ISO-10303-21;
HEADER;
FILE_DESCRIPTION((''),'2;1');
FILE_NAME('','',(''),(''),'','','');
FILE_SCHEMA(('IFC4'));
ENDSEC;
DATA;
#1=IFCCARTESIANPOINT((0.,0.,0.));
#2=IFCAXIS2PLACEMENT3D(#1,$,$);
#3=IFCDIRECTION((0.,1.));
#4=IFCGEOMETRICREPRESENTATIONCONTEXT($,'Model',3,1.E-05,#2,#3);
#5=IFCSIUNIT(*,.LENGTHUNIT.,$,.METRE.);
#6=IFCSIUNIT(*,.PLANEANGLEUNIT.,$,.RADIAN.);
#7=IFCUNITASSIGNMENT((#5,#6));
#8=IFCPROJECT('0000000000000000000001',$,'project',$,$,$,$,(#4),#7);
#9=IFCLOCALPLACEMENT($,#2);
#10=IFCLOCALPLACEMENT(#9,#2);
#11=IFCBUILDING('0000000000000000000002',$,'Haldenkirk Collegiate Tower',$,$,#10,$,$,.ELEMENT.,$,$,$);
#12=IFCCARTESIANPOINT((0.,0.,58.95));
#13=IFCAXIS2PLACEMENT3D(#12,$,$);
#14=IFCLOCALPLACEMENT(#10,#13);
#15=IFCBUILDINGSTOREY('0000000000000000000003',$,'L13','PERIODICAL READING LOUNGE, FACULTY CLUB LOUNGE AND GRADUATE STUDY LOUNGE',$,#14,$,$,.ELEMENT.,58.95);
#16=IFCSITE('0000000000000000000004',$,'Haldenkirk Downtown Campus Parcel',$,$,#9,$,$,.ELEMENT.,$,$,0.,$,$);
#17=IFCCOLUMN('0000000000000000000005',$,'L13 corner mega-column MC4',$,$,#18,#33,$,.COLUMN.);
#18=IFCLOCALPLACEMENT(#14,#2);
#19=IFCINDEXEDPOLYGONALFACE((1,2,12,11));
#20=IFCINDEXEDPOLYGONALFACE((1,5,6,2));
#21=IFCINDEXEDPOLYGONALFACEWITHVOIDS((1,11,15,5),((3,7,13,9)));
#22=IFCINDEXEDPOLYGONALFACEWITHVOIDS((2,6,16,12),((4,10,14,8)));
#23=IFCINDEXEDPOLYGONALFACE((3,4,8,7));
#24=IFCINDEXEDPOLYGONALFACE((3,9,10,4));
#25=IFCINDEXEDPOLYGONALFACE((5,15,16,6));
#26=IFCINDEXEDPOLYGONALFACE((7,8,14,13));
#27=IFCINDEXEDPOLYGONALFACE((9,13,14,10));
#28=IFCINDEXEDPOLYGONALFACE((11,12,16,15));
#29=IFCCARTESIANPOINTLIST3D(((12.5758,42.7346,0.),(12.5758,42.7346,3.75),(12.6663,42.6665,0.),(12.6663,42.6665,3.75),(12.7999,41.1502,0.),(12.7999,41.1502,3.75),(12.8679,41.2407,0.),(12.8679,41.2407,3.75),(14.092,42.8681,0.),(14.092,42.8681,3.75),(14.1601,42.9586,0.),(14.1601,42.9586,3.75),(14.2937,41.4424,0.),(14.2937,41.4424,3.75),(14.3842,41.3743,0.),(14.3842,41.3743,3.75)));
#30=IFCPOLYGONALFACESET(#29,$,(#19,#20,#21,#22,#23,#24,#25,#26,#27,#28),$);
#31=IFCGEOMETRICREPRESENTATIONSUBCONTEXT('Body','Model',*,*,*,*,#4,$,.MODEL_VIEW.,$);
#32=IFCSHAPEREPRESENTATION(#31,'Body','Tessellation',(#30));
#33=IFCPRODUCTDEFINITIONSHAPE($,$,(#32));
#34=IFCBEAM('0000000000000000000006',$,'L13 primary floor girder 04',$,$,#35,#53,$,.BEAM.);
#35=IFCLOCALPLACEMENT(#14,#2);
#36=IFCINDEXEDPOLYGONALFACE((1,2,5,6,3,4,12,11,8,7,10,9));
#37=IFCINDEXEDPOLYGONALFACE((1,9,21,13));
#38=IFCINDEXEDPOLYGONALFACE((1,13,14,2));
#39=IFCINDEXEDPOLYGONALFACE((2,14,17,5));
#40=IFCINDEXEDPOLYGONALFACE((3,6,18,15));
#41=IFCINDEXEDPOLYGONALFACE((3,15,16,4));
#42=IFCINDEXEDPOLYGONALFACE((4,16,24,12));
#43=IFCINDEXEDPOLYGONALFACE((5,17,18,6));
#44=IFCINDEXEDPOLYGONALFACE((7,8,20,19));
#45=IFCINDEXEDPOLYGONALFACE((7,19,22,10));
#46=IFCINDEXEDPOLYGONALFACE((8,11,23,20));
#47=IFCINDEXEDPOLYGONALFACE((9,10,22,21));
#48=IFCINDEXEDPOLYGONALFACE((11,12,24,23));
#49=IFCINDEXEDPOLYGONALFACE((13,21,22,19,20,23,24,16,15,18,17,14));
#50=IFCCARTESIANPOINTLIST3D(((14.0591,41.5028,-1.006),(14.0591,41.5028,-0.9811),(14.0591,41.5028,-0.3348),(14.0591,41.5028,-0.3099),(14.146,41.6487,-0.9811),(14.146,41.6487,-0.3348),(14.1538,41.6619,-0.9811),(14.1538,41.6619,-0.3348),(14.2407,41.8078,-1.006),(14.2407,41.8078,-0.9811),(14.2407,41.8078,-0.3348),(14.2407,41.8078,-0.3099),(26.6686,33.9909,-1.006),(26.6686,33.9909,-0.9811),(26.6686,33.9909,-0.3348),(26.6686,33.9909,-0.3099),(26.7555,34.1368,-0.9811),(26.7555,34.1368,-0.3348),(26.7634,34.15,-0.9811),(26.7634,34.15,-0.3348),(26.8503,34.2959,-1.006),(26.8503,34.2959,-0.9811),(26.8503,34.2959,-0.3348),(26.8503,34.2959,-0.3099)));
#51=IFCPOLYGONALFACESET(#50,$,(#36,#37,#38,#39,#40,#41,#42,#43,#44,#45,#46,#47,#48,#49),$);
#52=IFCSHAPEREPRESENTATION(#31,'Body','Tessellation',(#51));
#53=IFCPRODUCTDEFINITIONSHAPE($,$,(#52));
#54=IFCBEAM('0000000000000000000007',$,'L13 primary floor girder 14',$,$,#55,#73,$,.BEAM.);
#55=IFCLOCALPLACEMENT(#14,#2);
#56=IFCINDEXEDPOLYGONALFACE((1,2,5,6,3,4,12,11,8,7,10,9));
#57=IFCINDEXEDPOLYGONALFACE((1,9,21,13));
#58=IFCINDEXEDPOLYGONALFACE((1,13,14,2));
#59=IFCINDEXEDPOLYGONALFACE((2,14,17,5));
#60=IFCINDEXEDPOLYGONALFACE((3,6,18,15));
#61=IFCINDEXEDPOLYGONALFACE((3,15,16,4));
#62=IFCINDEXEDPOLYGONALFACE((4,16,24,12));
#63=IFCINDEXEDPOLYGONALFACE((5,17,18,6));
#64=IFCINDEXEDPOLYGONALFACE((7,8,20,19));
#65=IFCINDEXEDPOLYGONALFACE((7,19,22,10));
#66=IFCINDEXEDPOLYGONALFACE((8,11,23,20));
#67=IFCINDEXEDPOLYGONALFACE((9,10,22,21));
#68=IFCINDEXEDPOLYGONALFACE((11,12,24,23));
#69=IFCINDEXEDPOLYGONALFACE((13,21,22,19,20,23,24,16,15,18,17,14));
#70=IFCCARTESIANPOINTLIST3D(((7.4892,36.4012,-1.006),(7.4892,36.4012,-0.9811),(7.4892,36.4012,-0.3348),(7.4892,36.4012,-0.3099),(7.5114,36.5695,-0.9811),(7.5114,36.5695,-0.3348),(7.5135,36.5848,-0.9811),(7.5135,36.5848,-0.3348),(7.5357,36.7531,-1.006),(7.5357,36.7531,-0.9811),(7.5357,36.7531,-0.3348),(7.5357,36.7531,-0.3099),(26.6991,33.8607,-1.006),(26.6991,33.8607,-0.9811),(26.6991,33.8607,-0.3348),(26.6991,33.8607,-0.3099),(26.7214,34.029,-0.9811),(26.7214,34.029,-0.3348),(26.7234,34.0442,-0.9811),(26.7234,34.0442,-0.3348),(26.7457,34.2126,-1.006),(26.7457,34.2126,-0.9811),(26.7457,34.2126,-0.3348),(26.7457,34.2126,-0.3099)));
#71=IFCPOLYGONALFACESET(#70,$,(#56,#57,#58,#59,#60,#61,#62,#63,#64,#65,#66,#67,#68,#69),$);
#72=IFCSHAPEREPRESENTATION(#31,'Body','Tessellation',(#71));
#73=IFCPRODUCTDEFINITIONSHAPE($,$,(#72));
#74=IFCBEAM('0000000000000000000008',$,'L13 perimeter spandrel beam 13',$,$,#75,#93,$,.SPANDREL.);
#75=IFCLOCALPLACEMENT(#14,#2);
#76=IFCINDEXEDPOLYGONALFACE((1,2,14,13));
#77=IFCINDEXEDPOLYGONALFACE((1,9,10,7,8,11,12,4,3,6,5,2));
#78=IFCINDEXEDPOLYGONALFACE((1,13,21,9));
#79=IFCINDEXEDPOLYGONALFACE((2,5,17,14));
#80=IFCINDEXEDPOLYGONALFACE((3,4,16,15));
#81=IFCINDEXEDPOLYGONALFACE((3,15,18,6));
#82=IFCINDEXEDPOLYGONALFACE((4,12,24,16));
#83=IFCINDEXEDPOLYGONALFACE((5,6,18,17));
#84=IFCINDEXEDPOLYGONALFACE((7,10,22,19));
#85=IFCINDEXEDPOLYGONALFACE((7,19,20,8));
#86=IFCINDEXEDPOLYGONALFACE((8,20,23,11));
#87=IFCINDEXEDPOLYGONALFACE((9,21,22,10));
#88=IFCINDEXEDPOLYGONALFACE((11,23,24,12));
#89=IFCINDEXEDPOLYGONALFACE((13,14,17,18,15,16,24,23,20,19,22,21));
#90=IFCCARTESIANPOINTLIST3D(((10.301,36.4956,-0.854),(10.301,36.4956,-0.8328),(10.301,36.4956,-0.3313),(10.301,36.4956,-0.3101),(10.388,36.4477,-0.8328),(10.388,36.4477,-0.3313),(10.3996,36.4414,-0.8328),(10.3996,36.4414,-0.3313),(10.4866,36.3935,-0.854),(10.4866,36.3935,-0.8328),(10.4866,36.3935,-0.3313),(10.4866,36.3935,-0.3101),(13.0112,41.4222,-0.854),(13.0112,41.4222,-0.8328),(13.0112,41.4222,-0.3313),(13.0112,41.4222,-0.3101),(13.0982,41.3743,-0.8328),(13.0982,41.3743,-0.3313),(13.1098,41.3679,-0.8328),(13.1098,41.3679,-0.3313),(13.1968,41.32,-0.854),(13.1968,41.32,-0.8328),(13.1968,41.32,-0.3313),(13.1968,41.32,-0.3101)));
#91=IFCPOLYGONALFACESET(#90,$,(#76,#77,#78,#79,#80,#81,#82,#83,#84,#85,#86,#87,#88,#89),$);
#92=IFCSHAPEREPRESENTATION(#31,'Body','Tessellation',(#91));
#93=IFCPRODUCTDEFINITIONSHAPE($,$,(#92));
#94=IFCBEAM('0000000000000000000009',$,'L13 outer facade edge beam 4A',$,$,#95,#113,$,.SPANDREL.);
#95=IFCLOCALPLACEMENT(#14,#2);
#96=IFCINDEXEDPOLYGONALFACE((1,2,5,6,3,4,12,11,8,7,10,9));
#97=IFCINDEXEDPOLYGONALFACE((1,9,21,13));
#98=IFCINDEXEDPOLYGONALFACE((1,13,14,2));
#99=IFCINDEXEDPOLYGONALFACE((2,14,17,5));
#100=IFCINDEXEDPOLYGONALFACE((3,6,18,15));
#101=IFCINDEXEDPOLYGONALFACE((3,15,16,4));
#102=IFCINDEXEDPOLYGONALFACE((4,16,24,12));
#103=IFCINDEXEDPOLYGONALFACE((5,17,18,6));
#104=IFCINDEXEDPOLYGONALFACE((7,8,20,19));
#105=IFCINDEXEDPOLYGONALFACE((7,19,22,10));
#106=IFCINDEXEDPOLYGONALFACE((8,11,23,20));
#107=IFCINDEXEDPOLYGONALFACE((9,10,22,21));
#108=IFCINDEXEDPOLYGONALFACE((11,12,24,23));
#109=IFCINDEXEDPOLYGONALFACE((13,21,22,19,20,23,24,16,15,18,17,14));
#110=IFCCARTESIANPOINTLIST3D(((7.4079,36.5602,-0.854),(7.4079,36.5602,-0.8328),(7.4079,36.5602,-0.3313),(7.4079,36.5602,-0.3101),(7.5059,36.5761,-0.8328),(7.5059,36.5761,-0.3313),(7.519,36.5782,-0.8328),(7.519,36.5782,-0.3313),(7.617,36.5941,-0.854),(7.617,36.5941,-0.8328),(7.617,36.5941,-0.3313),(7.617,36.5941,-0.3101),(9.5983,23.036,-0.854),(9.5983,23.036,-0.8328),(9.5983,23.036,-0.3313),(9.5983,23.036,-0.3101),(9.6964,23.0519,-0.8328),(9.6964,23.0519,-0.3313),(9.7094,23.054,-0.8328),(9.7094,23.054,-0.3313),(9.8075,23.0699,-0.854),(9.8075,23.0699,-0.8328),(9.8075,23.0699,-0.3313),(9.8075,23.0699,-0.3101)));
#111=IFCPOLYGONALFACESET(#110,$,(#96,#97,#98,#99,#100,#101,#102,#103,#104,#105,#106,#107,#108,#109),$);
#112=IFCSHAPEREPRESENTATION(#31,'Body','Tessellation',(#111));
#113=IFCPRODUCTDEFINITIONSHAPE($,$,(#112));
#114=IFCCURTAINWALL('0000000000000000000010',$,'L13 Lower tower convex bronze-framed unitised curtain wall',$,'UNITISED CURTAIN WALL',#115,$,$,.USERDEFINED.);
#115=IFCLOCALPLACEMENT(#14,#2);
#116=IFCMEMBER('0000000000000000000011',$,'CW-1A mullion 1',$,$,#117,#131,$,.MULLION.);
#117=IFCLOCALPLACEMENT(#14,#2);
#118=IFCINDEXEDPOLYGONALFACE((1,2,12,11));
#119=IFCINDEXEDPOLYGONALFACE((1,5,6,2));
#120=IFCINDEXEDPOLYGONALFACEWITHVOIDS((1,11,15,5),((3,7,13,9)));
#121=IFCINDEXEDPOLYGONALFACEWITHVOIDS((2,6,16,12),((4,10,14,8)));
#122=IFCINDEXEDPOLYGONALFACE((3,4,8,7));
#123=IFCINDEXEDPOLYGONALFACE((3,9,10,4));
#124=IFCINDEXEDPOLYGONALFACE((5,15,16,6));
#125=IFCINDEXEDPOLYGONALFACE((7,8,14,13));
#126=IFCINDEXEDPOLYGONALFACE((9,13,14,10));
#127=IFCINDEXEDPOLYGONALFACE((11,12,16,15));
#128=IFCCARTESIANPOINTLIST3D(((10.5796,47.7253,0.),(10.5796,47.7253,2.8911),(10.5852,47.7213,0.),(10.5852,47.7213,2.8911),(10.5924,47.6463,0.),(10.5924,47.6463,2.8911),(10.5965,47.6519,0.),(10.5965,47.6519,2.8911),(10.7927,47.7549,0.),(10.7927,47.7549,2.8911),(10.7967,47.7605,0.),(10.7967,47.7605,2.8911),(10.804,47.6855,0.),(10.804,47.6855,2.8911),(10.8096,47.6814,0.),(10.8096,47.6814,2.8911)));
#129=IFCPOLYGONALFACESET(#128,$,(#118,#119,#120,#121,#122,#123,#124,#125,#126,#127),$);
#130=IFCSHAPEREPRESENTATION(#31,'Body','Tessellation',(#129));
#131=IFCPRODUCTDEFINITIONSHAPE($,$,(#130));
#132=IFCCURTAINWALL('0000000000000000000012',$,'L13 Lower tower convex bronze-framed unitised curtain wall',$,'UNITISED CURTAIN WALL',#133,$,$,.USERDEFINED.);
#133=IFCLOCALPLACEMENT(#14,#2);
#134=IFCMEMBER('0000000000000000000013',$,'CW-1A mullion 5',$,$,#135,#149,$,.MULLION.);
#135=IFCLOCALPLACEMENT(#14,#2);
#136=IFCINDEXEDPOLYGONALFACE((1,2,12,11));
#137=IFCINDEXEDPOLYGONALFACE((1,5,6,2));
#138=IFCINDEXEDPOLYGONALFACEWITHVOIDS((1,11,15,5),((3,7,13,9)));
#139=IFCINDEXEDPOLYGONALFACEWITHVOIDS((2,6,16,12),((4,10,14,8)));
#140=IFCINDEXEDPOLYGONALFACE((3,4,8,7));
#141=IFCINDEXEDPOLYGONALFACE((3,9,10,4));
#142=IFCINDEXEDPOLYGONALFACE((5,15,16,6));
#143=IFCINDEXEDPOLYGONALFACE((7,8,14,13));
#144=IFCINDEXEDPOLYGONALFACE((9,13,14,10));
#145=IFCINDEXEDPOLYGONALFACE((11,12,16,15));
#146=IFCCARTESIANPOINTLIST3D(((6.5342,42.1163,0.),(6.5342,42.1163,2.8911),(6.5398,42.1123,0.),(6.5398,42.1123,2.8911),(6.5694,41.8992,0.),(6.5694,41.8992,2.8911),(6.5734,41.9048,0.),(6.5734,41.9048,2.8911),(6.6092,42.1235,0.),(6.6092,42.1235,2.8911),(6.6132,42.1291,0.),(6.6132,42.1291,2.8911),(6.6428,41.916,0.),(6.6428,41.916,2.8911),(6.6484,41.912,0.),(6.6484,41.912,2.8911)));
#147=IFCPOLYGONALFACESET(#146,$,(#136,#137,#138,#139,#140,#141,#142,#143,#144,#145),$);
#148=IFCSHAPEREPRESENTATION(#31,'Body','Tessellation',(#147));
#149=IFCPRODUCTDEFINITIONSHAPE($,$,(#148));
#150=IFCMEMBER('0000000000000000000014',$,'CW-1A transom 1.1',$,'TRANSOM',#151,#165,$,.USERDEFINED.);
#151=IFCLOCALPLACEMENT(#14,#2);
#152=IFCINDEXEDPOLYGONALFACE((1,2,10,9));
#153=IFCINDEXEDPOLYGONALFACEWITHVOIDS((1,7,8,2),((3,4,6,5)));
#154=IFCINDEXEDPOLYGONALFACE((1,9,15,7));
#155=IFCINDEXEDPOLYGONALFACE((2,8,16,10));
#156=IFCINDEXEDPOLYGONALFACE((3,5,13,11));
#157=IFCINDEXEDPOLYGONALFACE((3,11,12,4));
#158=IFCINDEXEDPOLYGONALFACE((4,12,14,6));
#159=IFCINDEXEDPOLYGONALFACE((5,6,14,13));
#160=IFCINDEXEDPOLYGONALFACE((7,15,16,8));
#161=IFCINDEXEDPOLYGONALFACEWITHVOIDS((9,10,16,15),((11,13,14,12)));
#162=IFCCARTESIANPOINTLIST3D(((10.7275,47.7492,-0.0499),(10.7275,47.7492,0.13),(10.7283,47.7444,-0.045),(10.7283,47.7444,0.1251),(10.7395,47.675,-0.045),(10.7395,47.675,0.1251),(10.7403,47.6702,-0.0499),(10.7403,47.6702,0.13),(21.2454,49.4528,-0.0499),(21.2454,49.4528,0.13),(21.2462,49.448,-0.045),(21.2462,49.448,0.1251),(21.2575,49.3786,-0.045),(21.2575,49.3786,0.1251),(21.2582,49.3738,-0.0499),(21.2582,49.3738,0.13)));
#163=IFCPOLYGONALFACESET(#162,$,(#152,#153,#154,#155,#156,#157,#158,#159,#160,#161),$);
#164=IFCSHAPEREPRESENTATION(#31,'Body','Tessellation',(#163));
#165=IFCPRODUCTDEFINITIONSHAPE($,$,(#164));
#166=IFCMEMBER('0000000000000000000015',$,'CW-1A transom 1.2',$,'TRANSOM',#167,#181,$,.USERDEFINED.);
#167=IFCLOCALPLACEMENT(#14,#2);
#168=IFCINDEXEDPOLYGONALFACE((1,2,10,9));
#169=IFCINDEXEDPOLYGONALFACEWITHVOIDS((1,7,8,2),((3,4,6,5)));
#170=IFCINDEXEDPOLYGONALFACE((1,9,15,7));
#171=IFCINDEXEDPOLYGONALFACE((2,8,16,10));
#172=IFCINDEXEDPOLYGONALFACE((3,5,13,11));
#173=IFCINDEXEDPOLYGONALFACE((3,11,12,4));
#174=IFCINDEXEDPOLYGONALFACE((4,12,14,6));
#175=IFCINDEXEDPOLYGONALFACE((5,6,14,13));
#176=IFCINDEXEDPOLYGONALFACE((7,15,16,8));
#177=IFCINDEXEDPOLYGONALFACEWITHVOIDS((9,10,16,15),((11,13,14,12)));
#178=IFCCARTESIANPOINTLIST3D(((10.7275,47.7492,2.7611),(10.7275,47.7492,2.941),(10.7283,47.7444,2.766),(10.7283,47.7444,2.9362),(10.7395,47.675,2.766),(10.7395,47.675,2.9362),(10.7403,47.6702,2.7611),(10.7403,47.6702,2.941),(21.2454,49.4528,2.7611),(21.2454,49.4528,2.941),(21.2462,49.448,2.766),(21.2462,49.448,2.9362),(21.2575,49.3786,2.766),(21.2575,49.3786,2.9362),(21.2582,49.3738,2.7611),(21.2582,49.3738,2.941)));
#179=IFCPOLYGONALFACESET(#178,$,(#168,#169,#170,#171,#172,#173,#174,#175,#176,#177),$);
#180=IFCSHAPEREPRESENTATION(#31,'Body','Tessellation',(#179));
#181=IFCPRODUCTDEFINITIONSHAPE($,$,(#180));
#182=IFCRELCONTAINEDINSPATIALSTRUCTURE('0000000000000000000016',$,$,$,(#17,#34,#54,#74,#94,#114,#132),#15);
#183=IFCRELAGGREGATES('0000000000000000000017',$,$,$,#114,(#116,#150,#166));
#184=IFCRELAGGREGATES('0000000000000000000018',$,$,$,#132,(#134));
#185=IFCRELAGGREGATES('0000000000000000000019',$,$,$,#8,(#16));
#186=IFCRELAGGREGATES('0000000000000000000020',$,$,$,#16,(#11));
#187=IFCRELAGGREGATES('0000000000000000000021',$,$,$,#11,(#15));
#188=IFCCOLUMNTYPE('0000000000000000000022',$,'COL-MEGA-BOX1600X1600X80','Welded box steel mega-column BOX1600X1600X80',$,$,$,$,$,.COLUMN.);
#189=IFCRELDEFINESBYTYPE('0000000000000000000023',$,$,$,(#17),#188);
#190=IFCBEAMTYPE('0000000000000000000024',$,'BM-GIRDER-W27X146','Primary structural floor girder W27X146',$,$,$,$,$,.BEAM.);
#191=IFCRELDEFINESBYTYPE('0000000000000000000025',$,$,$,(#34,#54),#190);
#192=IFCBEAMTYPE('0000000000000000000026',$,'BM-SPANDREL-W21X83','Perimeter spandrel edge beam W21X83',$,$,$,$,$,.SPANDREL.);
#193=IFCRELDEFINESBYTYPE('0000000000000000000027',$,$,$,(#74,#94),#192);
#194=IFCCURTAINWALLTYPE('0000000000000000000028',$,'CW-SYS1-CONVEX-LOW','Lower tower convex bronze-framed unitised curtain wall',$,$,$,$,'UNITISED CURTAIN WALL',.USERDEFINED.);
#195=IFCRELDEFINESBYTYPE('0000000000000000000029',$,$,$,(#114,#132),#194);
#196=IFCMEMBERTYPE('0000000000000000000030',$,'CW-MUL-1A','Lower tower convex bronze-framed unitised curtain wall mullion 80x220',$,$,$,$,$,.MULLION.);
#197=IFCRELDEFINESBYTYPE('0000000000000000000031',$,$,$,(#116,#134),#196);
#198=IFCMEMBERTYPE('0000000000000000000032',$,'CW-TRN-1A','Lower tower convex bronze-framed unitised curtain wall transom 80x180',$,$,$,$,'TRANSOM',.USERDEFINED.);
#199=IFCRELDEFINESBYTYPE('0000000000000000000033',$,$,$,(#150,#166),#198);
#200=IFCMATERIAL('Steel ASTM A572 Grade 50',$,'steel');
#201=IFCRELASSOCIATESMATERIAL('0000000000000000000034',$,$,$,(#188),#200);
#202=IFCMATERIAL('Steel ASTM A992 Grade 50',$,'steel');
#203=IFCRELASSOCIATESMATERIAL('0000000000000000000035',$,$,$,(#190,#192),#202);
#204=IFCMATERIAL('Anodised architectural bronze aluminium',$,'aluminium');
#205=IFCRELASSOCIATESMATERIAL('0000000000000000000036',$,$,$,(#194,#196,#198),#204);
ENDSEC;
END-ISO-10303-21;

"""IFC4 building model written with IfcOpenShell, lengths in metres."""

from ifc_helpers import new_model, si_unit, direction, frame, origin, origin_2d, place, context, subcontext, project, spatial, hollow_rectangle, i_section, extrude, material, material_profile, profile_set, type_object, element, aggregate, save


model = new_model("IFC4")

# Units and contexts
model_context = context("Model", 3, precision=1e-05, world=origin(), true_north=direction((0.0, 1.0)))
body_context = subcontext(model_context, "Body", "Model", "MODEL_VIEW")
ifc_project = project(units=[si_unit("LENGTHUNIT", "METRE"), si_unit("PLANEANGLEUNIT", "RADIAN")], contexts=[model_context])

# Site, building, storey
site_placement = place(None, origin())
site = spatial("IfcSite", under=ifc_project, at=site_placement, Name="Haldenkirk Downtown Campus Parcel", CompositionType="ELEMENT", RefElevation=0.0)
building_placement = place(site_placement, origin())
building = spatial("IfcBuilding", under=site, at=building_placement, Name="Haldenkirk Collegiate Tower", CompositionType="ELEMENT")
storey_placement = place(building_placement, frame((0.0, 0.0, 58.95)))
storey = spatial("IfcBuildingStorey", under=building, at=storey_placement, Name="L13", Description="PERIODICAL READING LOUNGE, FACULTY CLUB LOUNGE AND GRADUATE STUDY LOUNGE", CompositionType="ELEMENT", Elevation=58.95)

# Column
ifc_material_1 = material(Name="Steel ASTM A572 Grade 50", Category="steel")
ifc_material_profile_1 = material_profile(ifc_material_1, hollow_rectangle(XDim=1.6001, YDim=1.6001, WallThickness=0.0801, at=origin_2d()), Name="BOX1600X1600X80")
ifc_profile_set_1 = profile_set([ifc_material_profile_1], Name="Steel ASTM A572 Grade 50")
column_type = type_object("IfcColumnType", Name="COL-MEGA-BOX1600X1600X80", Description="Welded box steel mega-column BOX1600X1600X80", PredefinedType="COLUMN", material=ifc_profile_set_1)
column_placement = place(storey_placement, frame((13.48, 42.0544, 0.0), z_axis=(0.0, 0.0, 1.0), x_axis=(0.990146, 0.140037, 0.0)))
element("IfcColumn", 1, at=column_placement, inside=storey, type_object=column_type, Name="L13 corner mega-column MC4", PredefinedType="COLUMN", context=body_context, shape_type="SweptSolid", body=[
    extrude(hollow_rectangle(XDim=1.6001, YDim=1.6001, WallThickness=0.0801, at=origin_2d()), origin(), (0.0, 0.0, 1.0), 3.75),
])

# Beams
ifc_material_2 = material(Name="Steel ASTM A992 Grade 50", Category="steel")
ifc_material_profile_2 = material_profile(ifc_material_2, i_section(OverallWidth=0.355, OverallDepth=0.696, WebThickness=0.0154, FlangeThickness=0.0249, at=origin_2d()), Name="W27X146")
ifc_profile_set_2 = profile_set([ifc_material_profile_2], Name="Steel ASTM A992 Grade 50")
beam_type_1 = type_object("IfcBeamType", Name="BM-GIRDER-W27X146", Description="Primary structural floor girder W27X146", PredefinedType="BEAM", material=ifc_profile_set_2)
beam_1_placement = place(storey_placement, frame((14.1499, 41.6553, -0.658), z_axis=(0.859106, -0.511798, 0.0), x_axis=(0.511798, 0.859106, 0.0)))
element("IfcBeam", 2, at=beam_1_placement, inside=storey, type_object=beam_type_1, Name="L13 primary floor girder 04", PredefinedType="BEAM", context=body_context, shape_type="SweptSolid", body=[
    extrude(i_section(OverallWidth=0.355, OverallDepth=0.696, WebThickness=0.0154, FlangeThickness=0.0249, at=origin_2d()), origin(), (0.0, 0.0, 1.0), 14.6775),
])
beam_2_placement = place(storey_placement, frame((7.5125, 36.5771, -0.658), z_axis=(0.991368, -0.131109, 0.0), x_axis=(0.131109, 0.991368, 0.0)))
element("IfcBeam", 3, at=beam_2_placement, inside=storey, type_object=beam_type_1, Name="L13 primary floor girder 14", PredefinedType="BEAM", context=body_context, shape_type="SweptSolid", body=[
    extrude(i_section(OverallWidth=0.355, OverallDepth=0.696, WebThickness=0.0154, FlangeThickness=0.0249, at=origin_2d()), origin(), (0.0, 0.0, 1.0), 19.3772),
])
ifc_material_profile_3 = material_profile(ifc_material_2, i_section(OverallWidth=0.2119, OverallDepth=0.5439, WebThickness=0.0132, FlangeThickness=0.0212, at=origin_2d()), Name="W21X83")
ifc_profile_set_3 = profile_set([ifc_material_profile_3], Name="Steel ASTM A992 Grade 50")
beam_type_2 = type_object("IfcBeamType", Name="BM-SPANDREL-W21X83", Description="Perimeter spandrel edge beam W21X83", PredefinedType="SPANDREL", material=ifc_profile_set_3)
beam_3_placement = place(storey_placement, frame((13.104, 41.3711, -0.582), z_axis=(-0.482004, -0.876169, 0.0), x_axis=(0.876169, -0.482004, 0.0)))
element("IfcBeam", 4, at=beam_3_placement, inside=storey, type_object=beam_type_2, Name="L13 perimeter spandrel beam 13", PredefinedType="SPANDREL", context=body_context, shape_type="SweptSolid", body=[
    extrude(i_section(OverallWidth=0.2119, OverallDepth=0.5439, WebThickness=0.0132, FlangeThickness=0.0212, at=origin_2d()), origin(), (0.0, 0.0, 1.0), 5.6228),
])
beam_4_placement = place(storey_placement, frame((7.5125, 36.5771, -0.582), z_axis=(0.159881, -0.987136, 0.0), x_axis=(0.987136, 0.159881, 0.0)))
element("IfcBeam", 5, at=beam_4_placement, inside=storey, type_object=beam_type_2, Name="L13 outer facade edge beam 4A", PredefinedType="SPANDREL", context=body_context, shape_type="SweptSolid", body=[
    extrude(i_section(OverallWidth=0.2119, OverallDepth=0.5439, WebThickness=0.0132, FlangeThickness=0.0212, at=origin_2d()), origin(), (0.0, 0.0, 1.0), 13.7004),
])

# Curtain walls, members
ifc_material_3 = material(Name="Anodised architectural bronze aluminium", Category="aluminium")
curtain_wall_type = type_object("IfcCurtainWallType", Name="CW-SYS1-CONVEX-LOW", Description="Lower tower convex bronze-framed unitised curtain wall", ElementType="UNITISED CURTAIN WALL", PredefinedType="USERDEFINED", material=ifc_material_3)
curtain_wall_1_placement = place(storey_placement, origin())
curtain_wall_1 = element("IfcCurtainWall", 6, at=curtain_wall_1_placement, inside=storey, type_object=curtain_wall_type, Name="L13 Lower tower convex bronze-framed unitised curtain wall", ObjectType="UNITISED CURTAIN WALL", PredefinedType="USERDEFINED")
ifc_material_profile_4 = material_profile(ifc_material_3, hollow_rectangle(XDim=0.0801, YDim=0.22, WallThickness=0.0049, at=origin_2d()), Name="CW-MUL-1A")
ifc_profile_set_4 = profile_set([ifc_material_profile_4], Name="Anodised architectural bronze aluminium")
member_type_1 = type_object("IfcMemberType", Name="CW-MUL-1A", Description="Lower tower convex bronze-framed unitised curtain wall mullion 80x220", PredefinedType="MULLION", material=ifc_profile_set_4)
member_1_placement = place(storey_placement, frame((10.6946, 47.7034, 0.0), z_axis=(0.0, 0.0, 1.0), x_axis=(-0.159881, 0.987136, 0.0)))
member_1 = element("IfcMember", 7, at=member_1_placement, type_object=member_type_1, Name="CW-1A mullion 1", PredefinedType="MULLION", context=body_context, shape_type="SweptSolid", body=[
    extrude(hollow_rectangle(XDim=0.0801, YDim=0.22, WallThickness=0.0049, at=origin_2d()), origin(), (0.0, 0.0, 1.0), 2.8911),
])
curtain_wall_2_placement = place(storey_placement, origin())
curtain_wall_2 = element("IfcCurtainWall", 8, at=curtain_wall_2_placement, inside=storey, type_object=curtain_wall_type, Name="L13 Lower tower convex bronze-framed unitised curtain wall", ObjectType="UNITISED CURTAIN WALL", PredefinedType="USERDEFINED")
member_2_placement = place(storey_placement, frame((6.5913, 42.0142, 0.0), z_axis=(0.0, 0.0, 1.0), x_axis=(-0.987136, -0.159881, 0.0)))
member_2 = element("IfcMember", 9, at=member_2_placement, type_object=member_type_1, Name="CW-1A mullion 5", PredefinedType="MULLION", context=body_context, shape_type="SweptSolid", body=[
    extrude(hollow_rectangle(XDim=0.0801, YDim=0.22, WallThickness=0.0049, at=origin_2d()), origin(), (0.0, 0.0, 1.0), 2.8911),
])

# Members
ifc_material_profile_5 = material_profile(ifc_material_3, hollow_rectangle(XDim=0.0801, YDim=0.1799, WallThickness=0.0049, at=origin_2d()), Name="CW-TRN-1A")
ifc_profile_set_5 = profile_set([ifc_material_profile_5], Name="Anodised architectural bronze aluminium")
member_type_2 = type_object("IfcMemberType", Name="CW-TRN-1A", Description="Lower tower convex bronze-framed unitised curtain wall transom 80x180", ElementType="TRANSOM", PredefinedType="USERDEFINED", material=ifc_profile_set_5)
member_3_placement = place(storey_placement, frame((10.7339, 47.7097, 0.04), z_axis=(0.987135, 0.159887, 0.0), x_axis=(-0.159887, 0.987135, 0.0)))
member_3 = element("IfcMember", 10, at=member_3_placement, type_object=member_type_2, Name="CW-1A transom 1.1", ObjectType="TRANSOM", PredefinedType="USERDEFINED", context=body_context, shape_type="SweptSolid", body=[
    extrude(hollow_rectangle(XDim=0.0801, YDim=0.1799, WallThickness=0.0049, at=origin_2d()), origin(), (0.0, 0.0, 1.0), 10.655),
])
member_4_placement = place(storey_placement, frame((10.7339, 47.7097, 2.8511), z_axis=(0.987135, 0.159887, 0.0), x_axis=(-0.159887, 0.987135, 0.0)))
member_4 = element("IfcMember", 11, at=member_4_placement, type_object=member_type_2, Name="CW-1A transom 1.2", ObjectType="TRANSOM", PredefinedType="USERDEFINED", context=body_context, shape_type="SweptSolid", body=[
    extrude(hollow_rectangle(XDim=0.0801, YDim=0.1799, WallThickness=0.0049, at=origin_2d()), origin(), (0.0, 0.0, 1.0), 10.655),
])
aggregate(curtain_wall_1, [member_1, member_3, member_4])

aggregate(curtain_wall_2, [member_2])

save(model, "model.ifc")
